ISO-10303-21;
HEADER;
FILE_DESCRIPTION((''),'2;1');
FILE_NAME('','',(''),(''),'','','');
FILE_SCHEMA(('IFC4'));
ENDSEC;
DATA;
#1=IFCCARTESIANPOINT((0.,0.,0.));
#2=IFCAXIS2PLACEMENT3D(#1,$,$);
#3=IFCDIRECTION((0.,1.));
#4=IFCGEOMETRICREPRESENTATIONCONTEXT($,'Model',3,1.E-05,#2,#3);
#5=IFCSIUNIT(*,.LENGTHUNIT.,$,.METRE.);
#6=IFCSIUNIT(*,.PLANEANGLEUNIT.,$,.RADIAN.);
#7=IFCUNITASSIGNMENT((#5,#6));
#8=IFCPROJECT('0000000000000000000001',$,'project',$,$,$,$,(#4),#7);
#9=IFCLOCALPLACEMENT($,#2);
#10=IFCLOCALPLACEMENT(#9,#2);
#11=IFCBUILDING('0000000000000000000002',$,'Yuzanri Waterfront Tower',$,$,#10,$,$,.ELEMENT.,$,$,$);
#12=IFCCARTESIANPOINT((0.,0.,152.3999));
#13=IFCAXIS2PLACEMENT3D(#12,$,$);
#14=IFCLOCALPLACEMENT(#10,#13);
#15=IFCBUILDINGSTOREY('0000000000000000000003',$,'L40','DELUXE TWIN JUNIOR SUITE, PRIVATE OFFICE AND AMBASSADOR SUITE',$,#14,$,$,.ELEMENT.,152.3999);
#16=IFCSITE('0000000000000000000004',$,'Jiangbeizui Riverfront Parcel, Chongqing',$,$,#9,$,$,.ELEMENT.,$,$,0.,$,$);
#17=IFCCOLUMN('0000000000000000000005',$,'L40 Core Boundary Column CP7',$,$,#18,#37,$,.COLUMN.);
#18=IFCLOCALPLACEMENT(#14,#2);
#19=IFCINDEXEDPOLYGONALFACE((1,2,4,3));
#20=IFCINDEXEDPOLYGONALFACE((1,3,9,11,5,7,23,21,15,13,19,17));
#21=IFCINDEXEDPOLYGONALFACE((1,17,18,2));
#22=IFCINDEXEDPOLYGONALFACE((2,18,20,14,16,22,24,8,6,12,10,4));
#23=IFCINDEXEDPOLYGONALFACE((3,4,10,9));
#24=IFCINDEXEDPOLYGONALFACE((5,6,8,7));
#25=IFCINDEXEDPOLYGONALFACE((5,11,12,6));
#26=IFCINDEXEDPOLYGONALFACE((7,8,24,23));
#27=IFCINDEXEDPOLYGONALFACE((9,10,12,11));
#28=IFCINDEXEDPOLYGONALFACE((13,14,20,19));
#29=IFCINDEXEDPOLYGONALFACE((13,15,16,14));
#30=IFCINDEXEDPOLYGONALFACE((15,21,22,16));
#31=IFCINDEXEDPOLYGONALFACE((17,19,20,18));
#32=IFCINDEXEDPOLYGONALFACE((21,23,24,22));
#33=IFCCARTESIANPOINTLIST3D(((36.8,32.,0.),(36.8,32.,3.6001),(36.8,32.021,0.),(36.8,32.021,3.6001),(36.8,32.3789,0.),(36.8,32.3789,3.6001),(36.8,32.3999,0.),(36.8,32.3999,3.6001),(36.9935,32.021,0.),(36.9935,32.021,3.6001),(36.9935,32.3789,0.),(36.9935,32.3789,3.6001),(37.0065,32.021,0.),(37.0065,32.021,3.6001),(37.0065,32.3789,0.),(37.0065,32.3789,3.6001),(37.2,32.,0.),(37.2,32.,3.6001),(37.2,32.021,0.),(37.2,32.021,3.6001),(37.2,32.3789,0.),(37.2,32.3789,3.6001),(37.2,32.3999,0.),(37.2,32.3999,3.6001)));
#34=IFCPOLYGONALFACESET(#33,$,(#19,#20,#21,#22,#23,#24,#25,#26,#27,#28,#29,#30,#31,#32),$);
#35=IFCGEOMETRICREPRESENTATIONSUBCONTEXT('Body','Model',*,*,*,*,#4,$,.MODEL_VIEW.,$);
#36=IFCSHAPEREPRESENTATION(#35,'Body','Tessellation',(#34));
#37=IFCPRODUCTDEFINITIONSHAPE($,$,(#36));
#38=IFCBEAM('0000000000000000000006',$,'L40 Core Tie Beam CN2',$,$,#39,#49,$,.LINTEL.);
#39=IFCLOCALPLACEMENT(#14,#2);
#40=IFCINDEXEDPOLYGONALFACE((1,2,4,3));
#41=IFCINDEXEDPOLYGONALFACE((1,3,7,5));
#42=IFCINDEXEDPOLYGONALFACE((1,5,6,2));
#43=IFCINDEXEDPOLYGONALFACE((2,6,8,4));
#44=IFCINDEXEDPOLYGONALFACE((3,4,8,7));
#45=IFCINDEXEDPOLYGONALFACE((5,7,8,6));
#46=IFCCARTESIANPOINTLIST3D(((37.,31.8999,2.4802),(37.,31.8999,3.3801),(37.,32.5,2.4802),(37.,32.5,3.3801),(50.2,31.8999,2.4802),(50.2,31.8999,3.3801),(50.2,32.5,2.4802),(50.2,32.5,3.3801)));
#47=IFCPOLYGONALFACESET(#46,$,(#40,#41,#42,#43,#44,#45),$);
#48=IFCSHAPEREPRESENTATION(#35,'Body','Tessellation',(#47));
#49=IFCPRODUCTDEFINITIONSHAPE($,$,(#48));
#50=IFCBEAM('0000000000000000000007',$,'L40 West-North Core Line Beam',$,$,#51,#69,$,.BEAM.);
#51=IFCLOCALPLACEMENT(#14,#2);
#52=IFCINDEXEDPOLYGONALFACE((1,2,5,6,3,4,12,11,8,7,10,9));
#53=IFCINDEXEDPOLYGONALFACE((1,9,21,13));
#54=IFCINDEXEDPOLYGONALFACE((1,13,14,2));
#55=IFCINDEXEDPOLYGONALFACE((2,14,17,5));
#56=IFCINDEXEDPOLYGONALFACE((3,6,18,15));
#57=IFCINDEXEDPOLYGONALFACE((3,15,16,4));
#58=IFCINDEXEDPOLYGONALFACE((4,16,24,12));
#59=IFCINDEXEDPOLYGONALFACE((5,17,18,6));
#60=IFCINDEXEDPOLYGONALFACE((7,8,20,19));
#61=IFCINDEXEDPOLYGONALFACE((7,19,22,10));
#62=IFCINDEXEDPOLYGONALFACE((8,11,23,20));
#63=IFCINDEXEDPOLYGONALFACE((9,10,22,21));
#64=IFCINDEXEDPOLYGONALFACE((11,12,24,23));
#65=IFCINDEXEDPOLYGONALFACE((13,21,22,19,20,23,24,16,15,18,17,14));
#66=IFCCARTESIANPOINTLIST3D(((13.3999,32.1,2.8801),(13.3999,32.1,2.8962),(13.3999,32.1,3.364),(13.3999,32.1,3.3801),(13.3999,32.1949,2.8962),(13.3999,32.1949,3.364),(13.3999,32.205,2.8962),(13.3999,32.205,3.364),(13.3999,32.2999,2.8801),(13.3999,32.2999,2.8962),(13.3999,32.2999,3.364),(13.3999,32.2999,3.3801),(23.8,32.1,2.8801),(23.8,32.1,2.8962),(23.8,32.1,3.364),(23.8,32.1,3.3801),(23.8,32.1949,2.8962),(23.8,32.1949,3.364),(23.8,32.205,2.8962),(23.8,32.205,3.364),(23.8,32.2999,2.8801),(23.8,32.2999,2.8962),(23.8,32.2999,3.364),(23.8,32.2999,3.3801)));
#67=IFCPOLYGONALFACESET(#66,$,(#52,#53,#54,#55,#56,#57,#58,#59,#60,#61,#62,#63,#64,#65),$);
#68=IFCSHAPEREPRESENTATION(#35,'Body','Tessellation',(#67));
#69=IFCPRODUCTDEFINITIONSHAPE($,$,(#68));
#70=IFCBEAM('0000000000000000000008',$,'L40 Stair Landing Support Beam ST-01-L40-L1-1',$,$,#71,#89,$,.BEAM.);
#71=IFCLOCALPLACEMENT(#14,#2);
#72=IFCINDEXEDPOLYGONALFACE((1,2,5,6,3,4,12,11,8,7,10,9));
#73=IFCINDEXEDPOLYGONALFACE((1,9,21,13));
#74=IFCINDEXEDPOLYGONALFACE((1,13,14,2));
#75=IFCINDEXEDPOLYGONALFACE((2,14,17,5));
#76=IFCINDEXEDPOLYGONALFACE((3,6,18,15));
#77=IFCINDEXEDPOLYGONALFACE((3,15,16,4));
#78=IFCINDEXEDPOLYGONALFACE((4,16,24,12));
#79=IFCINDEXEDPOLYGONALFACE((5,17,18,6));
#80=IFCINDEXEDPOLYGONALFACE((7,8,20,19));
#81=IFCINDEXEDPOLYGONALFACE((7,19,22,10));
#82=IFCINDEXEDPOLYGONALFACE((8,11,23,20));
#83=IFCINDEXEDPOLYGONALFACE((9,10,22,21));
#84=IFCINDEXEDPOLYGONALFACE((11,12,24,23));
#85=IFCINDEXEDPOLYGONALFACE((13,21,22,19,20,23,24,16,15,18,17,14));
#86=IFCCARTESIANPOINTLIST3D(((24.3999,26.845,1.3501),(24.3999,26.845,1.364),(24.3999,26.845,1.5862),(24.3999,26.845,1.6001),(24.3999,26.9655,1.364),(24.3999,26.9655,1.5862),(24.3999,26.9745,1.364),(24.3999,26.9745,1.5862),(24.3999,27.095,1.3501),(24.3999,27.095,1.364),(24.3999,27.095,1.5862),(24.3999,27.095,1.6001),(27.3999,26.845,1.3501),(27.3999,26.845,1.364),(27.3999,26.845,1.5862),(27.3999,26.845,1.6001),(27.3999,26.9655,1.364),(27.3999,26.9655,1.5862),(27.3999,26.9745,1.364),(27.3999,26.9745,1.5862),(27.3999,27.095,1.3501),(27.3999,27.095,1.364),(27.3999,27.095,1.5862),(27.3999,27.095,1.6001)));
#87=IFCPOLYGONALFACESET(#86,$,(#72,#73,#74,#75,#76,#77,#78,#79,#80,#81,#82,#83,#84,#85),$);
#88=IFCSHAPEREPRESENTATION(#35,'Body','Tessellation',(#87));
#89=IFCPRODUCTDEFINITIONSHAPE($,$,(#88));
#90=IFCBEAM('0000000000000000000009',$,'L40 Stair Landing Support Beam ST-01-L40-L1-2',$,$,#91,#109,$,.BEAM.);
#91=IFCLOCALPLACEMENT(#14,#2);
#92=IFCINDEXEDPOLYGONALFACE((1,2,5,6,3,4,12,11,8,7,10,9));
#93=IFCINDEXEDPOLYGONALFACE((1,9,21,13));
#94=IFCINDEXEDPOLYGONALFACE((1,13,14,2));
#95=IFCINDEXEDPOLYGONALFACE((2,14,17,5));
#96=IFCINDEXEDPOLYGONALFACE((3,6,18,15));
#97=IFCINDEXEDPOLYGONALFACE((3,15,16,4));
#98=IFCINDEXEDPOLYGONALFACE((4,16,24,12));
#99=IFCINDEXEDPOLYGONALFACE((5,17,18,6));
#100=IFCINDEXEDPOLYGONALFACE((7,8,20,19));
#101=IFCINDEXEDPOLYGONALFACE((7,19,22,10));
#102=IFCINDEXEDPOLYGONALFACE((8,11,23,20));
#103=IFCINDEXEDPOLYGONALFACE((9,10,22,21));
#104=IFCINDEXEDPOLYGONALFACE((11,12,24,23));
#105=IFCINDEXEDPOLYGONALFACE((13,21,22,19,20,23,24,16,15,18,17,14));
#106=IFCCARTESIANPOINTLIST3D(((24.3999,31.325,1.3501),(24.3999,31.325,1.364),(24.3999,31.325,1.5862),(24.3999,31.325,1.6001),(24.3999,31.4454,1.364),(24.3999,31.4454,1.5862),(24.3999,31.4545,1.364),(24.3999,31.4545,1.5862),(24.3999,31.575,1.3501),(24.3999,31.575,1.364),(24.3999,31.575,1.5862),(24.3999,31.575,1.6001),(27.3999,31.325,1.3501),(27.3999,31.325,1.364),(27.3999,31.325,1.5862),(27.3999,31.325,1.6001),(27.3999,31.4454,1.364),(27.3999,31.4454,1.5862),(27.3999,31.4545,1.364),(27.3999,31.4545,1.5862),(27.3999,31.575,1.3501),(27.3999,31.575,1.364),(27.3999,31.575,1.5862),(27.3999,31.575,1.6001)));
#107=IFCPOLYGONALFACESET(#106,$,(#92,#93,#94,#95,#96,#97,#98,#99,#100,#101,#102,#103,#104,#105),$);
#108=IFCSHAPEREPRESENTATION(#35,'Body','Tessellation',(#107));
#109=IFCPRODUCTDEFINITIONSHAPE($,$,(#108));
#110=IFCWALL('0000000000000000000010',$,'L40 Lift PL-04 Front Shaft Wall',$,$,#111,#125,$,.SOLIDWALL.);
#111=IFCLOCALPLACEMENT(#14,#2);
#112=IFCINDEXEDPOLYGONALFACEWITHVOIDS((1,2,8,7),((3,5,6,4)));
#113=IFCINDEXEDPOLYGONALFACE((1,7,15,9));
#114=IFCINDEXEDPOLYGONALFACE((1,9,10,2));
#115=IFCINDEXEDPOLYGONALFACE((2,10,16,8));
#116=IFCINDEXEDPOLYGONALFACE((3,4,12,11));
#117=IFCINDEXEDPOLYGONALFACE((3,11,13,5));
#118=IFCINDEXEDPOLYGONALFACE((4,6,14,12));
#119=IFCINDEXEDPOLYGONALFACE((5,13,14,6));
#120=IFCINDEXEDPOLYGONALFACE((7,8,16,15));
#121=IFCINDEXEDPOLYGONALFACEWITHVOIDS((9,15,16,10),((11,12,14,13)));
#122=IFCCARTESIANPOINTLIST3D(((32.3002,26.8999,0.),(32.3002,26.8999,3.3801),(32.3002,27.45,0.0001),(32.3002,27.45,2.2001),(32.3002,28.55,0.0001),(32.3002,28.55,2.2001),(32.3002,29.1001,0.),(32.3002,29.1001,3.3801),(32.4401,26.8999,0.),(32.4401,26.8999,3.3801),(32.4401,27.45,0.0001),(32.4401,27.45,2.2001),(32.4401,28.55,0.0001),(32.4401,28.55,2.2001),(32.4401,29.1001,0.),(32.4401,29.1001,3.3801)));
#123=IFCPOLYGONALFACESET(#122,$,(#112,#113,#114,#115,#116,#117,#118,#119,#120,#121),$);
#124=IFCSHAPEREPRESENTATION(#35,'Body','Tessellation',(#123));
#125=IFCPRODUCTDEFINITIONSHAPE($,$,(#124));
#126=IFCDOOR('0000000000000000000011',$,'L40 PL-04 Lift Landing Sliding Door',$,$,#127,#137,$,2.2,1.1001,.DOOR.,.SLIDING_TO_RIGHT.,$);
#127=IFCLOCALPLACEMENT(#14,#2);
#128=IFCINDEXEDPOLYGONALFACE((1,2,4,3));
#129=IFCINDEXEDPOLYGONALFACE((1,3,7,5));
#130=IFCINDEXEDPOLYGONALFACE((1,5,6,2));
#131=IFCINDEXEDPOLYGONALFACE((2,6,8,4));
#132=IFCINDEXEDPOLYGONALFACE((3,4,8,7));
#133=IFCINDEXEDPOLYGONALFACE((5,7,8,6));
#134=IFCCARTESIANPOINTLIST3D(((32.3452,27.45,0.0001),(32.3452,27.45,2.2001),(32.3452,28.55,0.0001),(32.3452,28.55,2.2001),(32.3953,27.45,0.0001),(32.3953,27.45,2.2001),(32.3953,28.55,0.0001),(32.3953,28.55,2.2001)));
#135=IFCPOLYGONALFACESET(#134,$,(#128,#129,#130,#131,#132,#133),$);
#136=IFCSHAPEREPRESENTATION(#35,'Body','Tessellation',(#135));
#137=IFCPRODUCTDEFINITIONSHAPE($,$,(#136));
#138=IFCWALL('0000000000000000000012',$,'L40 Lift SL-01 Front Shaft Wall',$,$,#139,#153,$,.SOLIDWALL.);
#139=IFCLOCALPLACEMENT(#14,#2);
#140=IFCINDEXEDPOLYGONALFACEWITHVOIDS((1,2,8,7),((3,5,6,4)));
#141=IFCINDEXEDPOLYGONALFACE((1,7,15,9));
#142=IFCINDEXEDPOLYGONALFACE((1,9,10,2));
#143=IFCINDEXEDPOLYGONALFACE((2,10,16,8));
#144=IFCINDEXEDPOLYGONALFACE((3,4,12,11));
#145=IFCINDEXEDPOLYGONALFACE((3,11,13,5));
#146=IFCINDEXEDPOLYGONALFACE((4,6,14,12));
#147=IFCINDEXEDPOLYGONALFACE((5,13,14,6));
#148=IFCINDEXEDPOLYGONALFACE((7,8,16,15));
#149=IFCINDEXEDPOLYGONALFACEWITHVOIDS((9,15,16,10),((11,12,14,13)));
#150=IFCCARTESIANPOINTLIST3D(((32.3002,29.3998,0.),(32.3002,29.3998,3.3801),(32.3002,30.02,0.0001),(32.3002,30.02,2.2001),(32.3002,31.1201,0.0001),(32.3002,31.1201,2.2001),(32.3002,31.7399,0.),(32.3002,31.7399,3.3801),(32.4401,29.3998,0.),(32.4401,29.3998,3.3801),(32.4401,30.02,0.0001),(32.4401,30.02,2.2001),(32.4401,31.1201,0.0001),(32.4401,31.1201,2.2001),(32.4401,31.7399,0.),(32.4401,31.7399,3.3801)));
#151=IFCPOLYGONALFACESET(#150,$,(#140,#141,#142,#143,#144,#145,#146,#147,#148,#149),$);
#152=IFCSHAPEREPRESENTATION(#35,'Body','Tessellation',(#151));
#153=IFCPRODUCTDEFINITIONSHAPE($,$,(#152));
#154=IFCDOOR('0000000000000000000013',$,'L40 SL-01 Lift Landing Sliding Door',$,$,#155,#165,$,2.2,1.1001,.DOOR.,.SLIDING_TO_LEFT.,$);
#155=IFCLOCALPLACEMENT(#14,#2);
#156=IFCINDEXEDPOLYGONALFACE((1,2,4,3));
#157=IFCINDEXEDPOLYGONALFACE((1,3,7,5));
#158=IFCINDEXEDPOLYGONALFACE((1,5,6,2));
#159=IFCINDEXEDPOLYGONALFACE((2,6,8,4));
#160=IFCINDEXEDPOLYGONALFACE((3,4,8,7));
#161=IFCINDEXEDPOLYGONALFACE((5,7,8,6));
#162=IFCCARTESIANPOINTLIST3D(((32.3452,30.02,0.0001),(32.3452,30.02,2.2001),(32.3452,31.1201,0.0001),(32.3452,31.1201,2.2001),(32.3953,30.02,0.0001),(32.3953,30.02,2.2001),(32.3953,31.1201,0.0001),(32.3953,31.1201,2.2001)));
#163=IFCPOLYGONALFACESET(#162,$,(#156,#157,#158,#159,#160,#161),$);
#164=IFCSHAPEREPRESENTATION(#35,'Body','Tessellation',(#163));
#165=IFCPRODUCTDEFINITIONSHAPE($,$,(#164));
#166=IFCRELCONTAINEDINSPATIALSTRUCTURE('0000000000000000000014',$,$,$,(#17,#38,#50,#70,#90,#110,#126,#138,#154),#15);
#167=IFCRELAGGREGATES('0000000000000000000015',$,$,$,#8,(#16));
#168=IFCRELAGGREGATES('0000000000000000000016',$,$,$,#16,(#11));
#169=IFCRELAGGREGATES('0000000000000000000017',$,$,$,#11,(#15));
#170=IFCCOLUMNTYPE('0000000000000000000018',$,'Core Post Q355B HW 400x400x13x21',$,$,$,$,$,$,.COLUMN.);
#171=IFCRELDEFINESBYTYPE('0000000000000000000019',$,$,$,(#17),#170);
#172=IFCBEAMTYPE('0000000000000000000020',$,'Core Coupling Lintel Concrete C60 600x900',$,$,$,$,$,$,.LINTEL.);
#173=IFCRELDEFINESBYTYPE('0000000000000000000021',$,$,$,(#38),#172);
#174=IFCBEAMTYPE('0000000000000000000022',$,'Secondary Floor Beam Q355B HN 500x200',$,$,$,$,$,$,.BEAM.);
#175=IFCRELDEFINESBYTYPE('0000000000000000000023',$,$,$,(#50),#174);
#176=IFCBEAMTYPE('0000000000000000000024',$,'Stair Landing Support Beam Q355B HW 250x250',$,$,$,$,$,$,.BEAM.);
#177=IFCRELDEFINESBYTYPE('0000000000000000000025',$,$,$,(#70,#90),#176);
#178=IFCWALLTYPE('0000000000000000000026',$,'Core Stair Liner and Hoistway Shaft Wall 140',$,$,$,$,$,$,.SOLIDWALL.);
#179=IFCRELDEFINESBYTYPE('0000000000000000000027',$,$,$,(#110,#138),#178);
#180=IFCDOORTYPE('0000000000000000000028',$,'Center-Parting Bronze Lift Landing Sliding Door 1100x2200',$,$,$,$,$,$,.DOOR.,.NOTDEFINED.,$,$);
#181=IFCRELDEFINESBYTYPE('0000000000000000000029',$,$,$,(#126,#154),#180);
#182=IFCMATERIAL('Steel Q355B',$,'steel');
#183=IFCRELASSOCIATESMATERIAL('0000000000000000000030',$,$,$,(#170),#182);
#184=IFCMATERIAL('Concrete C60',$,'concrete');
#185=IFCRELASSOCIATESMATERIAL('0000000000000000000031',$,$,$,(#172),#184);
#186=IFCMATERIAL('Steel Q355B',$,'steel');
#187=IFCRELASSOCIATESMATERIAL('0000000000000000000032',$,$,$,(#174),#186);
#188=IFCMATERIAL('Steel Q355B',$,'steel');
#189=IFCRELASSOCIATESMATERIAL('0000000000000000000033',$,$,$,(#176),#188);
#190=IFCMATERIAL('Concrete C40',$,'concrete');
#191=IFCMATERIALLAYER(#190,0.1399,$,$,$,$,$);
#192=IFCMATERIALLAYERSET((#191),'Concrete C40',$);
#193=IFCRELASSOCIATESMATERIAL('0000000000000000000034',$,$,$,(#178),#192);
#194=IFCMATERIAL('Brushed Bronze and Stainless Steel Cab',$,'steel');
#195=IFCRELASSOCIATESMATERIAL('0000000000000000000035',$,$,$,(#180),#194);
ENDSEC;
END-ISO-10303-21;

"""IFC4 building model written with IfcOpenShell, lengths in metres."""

from ifc_helpers import new_model, si_unit, direction, frame, frame_2d, origin, origin_2d, place, context, subcontext, project, spatial, rectangle, i_section, extrude, source, transform, mapped, material, layer, layer_set, material_profile, profile_set, type_object, element, fill, save


model = new_model("IFC4")

# Units and contexts
model_context = context("Model", 3, precision=1e-05, world=origin(), true_north=direction((0.0, 1.0)))
body_context = subcontext(model_context, "Body", "Model", "MODEL_VIEW")
ifc_project = project(units=[si_unit("LENGTHUNIT", "METRE"), si_unit("PLANEANGLEUNIT", "RADIAN")], contexts=[model_context])

# Site, building, storey
site_placement = place(None, origin())
site = spatial("IfcSite", under=ifc_project, at=site_placement, Name="Jiangbeizui Riverfront Parcel, Chongqing", CompositionType="ELEMENT", RefElevation=0.0)
building_placement = place(site_placement, origin())
building = spatial("IfcBuilding", under=site, at=building_placement, Name="Yuzanri Waterfront Tower", CompositionType="ELEMENT")
storey_placement = place(building_placement, frame((0.0, 0.0, 152.3999)))
storey = spatial("IfcBuildingStorey", under=building, at=storey_placement, Name="L40", Description="DELUXE TWIN JUNIOR SUITE, PRIVATE OFFICE AND AMBASSADOR SUITE", CompositionType="ELEMENT", Elevation=152.3999)

# Column
ifc_material_1 = material(Name="Steel Q355B", Category="steel")
ifc_material_profile_1 = material_profile(ifc_material_1, i_section(OverallWidth=0.3999, OverallDepth=0.3999, WebThickness=0.0129, FlangeThickness=0.021, at=origin_2d()), Name="HW 400x400x13x21")
ifc_profile_set_1 = profile_set([ifc_material_profile_1], Name="Steel Q355B")
column_type = type_object("IfcColumnType", Name="Core Post Q355B HW 400x400x13x21", PredefinedType="COLUMN", material=ifc_profile_set_1)
shared_shape_1 = source(origin(), body_context, "Body", "SweptSolid", [
    extrude(i_section(OverallWidth=0.3999, OverallDepth=0.3999, WebThickness=0.0129, FlangeThickness=0.021, at=origin_2d()), origin(), (0.0, 0.0, 1.0), 3.6001),
])
column_placement = place(storey_placement, frame((37.0, 32.2, 0.0), z_axis=(0.0, 0.0, 1.0), x_axis=(1.0, 0.0, 0.0)))
element("IfcColumn", 1, at=column_placement, inside=storey, type_object=column_type, Name="L40 Core Boundary Column CP7", PredefinedType="COLUMN", context=body_context, shape_type="MappedRepresentation", body=[
    mapped(shared_shape_1, transform((0.0, 0.0, 0.0), scale=1.0)),
])

# Beams
ifc_material_2 = material(Name="Concrete C60", Category="concrete")
ifc_material_profile_2 = material_profile(ifc_material_2, rectangle(XDim=0.6001, YDim=0.8999, at=origin_2d()), Name="RC 600x900")
ifc_profile_set_2 = profile_set([ifc_material_profile_2], Name="Concrete C60")
beam_type_1 = type_object("IfcBeamType", Name="Core Coupling Lintel Concrete C60 600x900", PredefinedType="LINTEL", material=ifc_profile_set_2)
shared_shape_2 = source(origin(), body_context, "Body", "SweptSolid", [
    extrude(rectangle(XDim=0.6001, YDim=0.8999, at=origin_2d()), origin(), (0.0, 0.0, 1.0), 13.2),
])
beam_1_placement = place(storey_placement, frame((37.0, 32.2, 2.9302), z_axis=(1.0, 0.0, 0.0), x_axis=(0.0, 1.0, 0.0)))
element("IfcBeam", 2, at=beam_1_placement, inside=storey, type_object=beam_type_1, Name="L40 Core Tie Beam CN2", PredefinedType="LINTEL", context=body_context, shape_type="MappedRepresentation", body=[
    mapped(shared_shape_2, transform((0.0, 0.0, 0.0), scale=1.0)),
])
ifc_material_3 = material(Name="Steel Q355B", Category="steel")
ifc_material_profile_3 = material_profile(ifc_material_3, i_section(OverallWidth=0.2, OverallDepth=0.5, WebThickness=0.01, FlangeThickness=0.0161, at=origin_2d()), Name="HN 500x200x10x16")
ifc_profile_set_3 = profile_set([ifc_material_profile_3], Name="Steel Q355B")
beam_type_2 = type_object("IfcBeamType", Name="Secondary Floor Beam Q355B HN 500x200", PredefinedType="BEAM", material=ifc_profile_set_3)
shared_shape_3 = source(origin(), body_context, "Body", "SweptSolid", [
    extrude(i_section(OverallWidth=0.2, OverallDepth=0.5, WebThickness=0.01, FlangeThickness=0.0161, at=origin_2d()), origin(), (0.0, 0.0, 1.0), 10.4001),
])
beam_2_placement = place(storey_placement, frame((23.8, 32.2, 3.1301), z_axis=(-1.0, 0.0, 0.0), x_axis=(0.0, -1.0, 0.0)))
element("IfcBeam", 3, at=beam_2_placement, inside=storey, type_object=beam_type_2, Name="L40 West-North Core Line Beam", PredefinedType="BEAM", context=body_context, shape_type="MappedRepresentation", body=[
    mapped(shared_shape_3, transform((0.0, 0.0, 0.0), scale=1.0)),
])
ifc_material_4 = material(Name="Steel Q355B", Category="steel")
ifc_material_profile_4 = material_profile(ifc_material_4, i_section(OverallWidth=0.25, OverallDepth=0.25, WebThickness=0.009, FlangeThickness=0.0139, at=origin_2d()), Name="HW 250x250x9x14")
ifc_profile_set_4 = profile_set([ifc_material_profile_4], Name="Steel Q355B")
beam_type_3 = type_object("IfcBeamType", Name="Stair Landing Support Beam Q355B HW 250x250", PredefinedType="BEAM", material=ifc_profile_set_4)
shared_shape_4 = source(origin(), body_context, "Body", "SweptSolid", [
    extrude(i_section(OverallWidth=0.25, OverallDepth=0.25, WebThickness=0.009, FlangeThickness=0.0139, at=origin_2d()), origin(), (0.0, 0.0, 1.0), 3.0),
])
for number, where, z_axis, x_axis, name in (
    (4, (24.3999, 26.97, 1.4751), (1.0, 0.0, 0.0), (0.0, 1.0, 0.0), "L40 Stair Landing Support Beam ST-01-L40-L1-1"),
    (5, (24.3999, 31.45, 1.4751), (1.0, 0.0, 0.0), (0.0, 1.0, 0.0), "L40 Stair Landing Support Beam ST-01-L40-L1-2"),
):
    element("IfcBeam", number, at=place(storey_placement, frame(where, z_axis=z_axis, x_axis=x_axis)), inside=storey, type_object=beam_type_3, Name=name, PredefinedType="BEAM", context=body_context, shape_type="MappedRepresentation", body=[
        mapped(shared_shape_4, transform((0.0, 0.0, 0.0), scale=1.0)),
    ])

# Walls, openings, doors
ifc_material_5 = material(Name="Concrete C40", Category="concrete")
ifc_layer_1 = layer(ifc_material_5, 0.1399)
ifc_layer_set_1 = layer_set([ifc_layer_1], Name="Concrete C40")
wall_type_1 = type_object("IfcWallType", Name="Core Stair Liner and Hoistway Shaft Wall 140", PredefinedType="SOLIDWALL", material=ifc_layer_set_1)
wall_1_placement = place(storey_placement, frame((32.3701, 26.8999, 0.0), z_axis=(0.0, 0.0, 1.0), x_axis=(0.0, 1.0, 0.0)))
wall_1 = element("IfcWall", 6, at=wall_1_placement, inside=storey, type_object=wall_type_1, Name="L40 Lift PL-04 Front Shaft Wall", PredefinedType="SOLIDWALL", context=body_context, shape_type="SweptSolid", body=[
    extrude(rectangle(XDim=2.2002, YDim=0.1399, at=frame_2d((1.1001, 0.0))), origin(), (0.0, 0.0, 1.0), 3.3801),
])
opening_1_placement = place(wall_1_placement, frame((0.55, 0.0, 0.0)))
opening_1 = element("IfcOpeningElement", 7, at=opening_1_placement, cuts=wall_1, PredefinedType="OPENING", context=body_context, shape_type="SweptSolid", body=[
    extrude(rectangle(XDim=1.1001, YDim=2.2, at=frame_2d((0.55, 1.1001))), frame((0.0, 0.085, 0.0), z_axis=(0.0, -1.0, 0.0), x_axis=(1.0, 0.0, 0.0)), (0.0, 0.0, 1.0), 0.1697),
])
ifc_material_6 = material(Name="Brushed Bronze and Stainless Steel Cab", Category="steel")
door_type_1 = type_object("IfcDoorType", Name="Center-Parting Bronze Lift Landing Sliding Door 1100x2200", OperationType="NOTDEFINED", PredefinedType="DOOR", material=ifc_material_6)
shared_shape_5 = source(origin(), body_context, "Body", "SweptSolid", [
    extrude(rectangle(XDim=1.1001, YDim=2.2, at=frame_2d((0.55, 1.1001))), frame((0.0, 0.0249, 0.0), z_axis=(0.0, -1.0, 0.0), x_axis=(1.0, 0.0, 0.0)), (0.0, 0.0, 1.0), 0.05),
])
door_1_placement = place(opening_1_placement, origin())
door_1 = element("IfcDoor", 8, at=door_1_placement, inside=storey, type_object=door_type_1, Name="L40 PL-04 Lift Landing Sliding Door", OperationType="SLIDING_TO_RIGHT", OverallHeight=2.2, OverallWidth=1.1001, PredefinedType="DOOR", context=body_context, shape_type="MappedRepresentation", body=[
    mapped(shared_shape_5, transform((0.0, 0.0, 0.0), scale=1.0)),
])
fill(opening_1, door_1)
wall_2_placement = place(storey_placement, frame((32.3701, 29.3999, 0.0), z_axis=(0.0, 0.0, 1.0), x_axis=(0.0, 1.0, 0.0)))
wall_2 = element("IfcWall", 9, at=wall_2_placement, inside=storey, type_object=wall_type_1, Name="L40 Lift SL-01 Front Shaft Wall", PredefinedType="SOLIDWALL", context=body_context, shape_type="SweptSolid", body=[
    extrude(rectangle(XDim=2.3401, YDim=0.1399, at=frame_2d((1.1699, 0.0))), origin(), (0.0, 0.0, 1.0), 3.3801),
])
opening_2_placement = place(wall_2_placement, frame((0.6201, 0.0, 0.0)))
opening_2 = element("IfcOpeningElement", 10, at=opening_2_placement, cuts=wall_2, PredefinedType="OPENING", context=body_context, shape_type="SweptSolid", body=[
    extrude(rectangle(XDim=1.1001, YDim=2.2, at=frame_2d((0.55, 1.1001))), frame((0.0, 0.085, 0.0), z_axis=(0.0, -1.0, 0.0), x_axis=(1.0, 0.0, 0.0)), (0.0, 0.0, 1.0), 0.1697),
])
door_2_placement = place(opening_2_placement, origin())
door_2 = element("IfcDoor", 11, at=door_2_placement, inside=storey, type_object=door_type_1, Name="L40 SL-01 Lift Landing Sliding Door", OperationType="SLIDING_TO_LEFT", OverallHeight=2.2, OverallWidth=1.1001, PredefinedType="DOOR", context=body_context, shape_type="MappedRepresentation", body=[
    mapped(shared_shape_5, transform((0.0, 0.0, 0.0), scale=1.0)),
])
fill(opening_2, door_2)

save(model, "model.ifc")
